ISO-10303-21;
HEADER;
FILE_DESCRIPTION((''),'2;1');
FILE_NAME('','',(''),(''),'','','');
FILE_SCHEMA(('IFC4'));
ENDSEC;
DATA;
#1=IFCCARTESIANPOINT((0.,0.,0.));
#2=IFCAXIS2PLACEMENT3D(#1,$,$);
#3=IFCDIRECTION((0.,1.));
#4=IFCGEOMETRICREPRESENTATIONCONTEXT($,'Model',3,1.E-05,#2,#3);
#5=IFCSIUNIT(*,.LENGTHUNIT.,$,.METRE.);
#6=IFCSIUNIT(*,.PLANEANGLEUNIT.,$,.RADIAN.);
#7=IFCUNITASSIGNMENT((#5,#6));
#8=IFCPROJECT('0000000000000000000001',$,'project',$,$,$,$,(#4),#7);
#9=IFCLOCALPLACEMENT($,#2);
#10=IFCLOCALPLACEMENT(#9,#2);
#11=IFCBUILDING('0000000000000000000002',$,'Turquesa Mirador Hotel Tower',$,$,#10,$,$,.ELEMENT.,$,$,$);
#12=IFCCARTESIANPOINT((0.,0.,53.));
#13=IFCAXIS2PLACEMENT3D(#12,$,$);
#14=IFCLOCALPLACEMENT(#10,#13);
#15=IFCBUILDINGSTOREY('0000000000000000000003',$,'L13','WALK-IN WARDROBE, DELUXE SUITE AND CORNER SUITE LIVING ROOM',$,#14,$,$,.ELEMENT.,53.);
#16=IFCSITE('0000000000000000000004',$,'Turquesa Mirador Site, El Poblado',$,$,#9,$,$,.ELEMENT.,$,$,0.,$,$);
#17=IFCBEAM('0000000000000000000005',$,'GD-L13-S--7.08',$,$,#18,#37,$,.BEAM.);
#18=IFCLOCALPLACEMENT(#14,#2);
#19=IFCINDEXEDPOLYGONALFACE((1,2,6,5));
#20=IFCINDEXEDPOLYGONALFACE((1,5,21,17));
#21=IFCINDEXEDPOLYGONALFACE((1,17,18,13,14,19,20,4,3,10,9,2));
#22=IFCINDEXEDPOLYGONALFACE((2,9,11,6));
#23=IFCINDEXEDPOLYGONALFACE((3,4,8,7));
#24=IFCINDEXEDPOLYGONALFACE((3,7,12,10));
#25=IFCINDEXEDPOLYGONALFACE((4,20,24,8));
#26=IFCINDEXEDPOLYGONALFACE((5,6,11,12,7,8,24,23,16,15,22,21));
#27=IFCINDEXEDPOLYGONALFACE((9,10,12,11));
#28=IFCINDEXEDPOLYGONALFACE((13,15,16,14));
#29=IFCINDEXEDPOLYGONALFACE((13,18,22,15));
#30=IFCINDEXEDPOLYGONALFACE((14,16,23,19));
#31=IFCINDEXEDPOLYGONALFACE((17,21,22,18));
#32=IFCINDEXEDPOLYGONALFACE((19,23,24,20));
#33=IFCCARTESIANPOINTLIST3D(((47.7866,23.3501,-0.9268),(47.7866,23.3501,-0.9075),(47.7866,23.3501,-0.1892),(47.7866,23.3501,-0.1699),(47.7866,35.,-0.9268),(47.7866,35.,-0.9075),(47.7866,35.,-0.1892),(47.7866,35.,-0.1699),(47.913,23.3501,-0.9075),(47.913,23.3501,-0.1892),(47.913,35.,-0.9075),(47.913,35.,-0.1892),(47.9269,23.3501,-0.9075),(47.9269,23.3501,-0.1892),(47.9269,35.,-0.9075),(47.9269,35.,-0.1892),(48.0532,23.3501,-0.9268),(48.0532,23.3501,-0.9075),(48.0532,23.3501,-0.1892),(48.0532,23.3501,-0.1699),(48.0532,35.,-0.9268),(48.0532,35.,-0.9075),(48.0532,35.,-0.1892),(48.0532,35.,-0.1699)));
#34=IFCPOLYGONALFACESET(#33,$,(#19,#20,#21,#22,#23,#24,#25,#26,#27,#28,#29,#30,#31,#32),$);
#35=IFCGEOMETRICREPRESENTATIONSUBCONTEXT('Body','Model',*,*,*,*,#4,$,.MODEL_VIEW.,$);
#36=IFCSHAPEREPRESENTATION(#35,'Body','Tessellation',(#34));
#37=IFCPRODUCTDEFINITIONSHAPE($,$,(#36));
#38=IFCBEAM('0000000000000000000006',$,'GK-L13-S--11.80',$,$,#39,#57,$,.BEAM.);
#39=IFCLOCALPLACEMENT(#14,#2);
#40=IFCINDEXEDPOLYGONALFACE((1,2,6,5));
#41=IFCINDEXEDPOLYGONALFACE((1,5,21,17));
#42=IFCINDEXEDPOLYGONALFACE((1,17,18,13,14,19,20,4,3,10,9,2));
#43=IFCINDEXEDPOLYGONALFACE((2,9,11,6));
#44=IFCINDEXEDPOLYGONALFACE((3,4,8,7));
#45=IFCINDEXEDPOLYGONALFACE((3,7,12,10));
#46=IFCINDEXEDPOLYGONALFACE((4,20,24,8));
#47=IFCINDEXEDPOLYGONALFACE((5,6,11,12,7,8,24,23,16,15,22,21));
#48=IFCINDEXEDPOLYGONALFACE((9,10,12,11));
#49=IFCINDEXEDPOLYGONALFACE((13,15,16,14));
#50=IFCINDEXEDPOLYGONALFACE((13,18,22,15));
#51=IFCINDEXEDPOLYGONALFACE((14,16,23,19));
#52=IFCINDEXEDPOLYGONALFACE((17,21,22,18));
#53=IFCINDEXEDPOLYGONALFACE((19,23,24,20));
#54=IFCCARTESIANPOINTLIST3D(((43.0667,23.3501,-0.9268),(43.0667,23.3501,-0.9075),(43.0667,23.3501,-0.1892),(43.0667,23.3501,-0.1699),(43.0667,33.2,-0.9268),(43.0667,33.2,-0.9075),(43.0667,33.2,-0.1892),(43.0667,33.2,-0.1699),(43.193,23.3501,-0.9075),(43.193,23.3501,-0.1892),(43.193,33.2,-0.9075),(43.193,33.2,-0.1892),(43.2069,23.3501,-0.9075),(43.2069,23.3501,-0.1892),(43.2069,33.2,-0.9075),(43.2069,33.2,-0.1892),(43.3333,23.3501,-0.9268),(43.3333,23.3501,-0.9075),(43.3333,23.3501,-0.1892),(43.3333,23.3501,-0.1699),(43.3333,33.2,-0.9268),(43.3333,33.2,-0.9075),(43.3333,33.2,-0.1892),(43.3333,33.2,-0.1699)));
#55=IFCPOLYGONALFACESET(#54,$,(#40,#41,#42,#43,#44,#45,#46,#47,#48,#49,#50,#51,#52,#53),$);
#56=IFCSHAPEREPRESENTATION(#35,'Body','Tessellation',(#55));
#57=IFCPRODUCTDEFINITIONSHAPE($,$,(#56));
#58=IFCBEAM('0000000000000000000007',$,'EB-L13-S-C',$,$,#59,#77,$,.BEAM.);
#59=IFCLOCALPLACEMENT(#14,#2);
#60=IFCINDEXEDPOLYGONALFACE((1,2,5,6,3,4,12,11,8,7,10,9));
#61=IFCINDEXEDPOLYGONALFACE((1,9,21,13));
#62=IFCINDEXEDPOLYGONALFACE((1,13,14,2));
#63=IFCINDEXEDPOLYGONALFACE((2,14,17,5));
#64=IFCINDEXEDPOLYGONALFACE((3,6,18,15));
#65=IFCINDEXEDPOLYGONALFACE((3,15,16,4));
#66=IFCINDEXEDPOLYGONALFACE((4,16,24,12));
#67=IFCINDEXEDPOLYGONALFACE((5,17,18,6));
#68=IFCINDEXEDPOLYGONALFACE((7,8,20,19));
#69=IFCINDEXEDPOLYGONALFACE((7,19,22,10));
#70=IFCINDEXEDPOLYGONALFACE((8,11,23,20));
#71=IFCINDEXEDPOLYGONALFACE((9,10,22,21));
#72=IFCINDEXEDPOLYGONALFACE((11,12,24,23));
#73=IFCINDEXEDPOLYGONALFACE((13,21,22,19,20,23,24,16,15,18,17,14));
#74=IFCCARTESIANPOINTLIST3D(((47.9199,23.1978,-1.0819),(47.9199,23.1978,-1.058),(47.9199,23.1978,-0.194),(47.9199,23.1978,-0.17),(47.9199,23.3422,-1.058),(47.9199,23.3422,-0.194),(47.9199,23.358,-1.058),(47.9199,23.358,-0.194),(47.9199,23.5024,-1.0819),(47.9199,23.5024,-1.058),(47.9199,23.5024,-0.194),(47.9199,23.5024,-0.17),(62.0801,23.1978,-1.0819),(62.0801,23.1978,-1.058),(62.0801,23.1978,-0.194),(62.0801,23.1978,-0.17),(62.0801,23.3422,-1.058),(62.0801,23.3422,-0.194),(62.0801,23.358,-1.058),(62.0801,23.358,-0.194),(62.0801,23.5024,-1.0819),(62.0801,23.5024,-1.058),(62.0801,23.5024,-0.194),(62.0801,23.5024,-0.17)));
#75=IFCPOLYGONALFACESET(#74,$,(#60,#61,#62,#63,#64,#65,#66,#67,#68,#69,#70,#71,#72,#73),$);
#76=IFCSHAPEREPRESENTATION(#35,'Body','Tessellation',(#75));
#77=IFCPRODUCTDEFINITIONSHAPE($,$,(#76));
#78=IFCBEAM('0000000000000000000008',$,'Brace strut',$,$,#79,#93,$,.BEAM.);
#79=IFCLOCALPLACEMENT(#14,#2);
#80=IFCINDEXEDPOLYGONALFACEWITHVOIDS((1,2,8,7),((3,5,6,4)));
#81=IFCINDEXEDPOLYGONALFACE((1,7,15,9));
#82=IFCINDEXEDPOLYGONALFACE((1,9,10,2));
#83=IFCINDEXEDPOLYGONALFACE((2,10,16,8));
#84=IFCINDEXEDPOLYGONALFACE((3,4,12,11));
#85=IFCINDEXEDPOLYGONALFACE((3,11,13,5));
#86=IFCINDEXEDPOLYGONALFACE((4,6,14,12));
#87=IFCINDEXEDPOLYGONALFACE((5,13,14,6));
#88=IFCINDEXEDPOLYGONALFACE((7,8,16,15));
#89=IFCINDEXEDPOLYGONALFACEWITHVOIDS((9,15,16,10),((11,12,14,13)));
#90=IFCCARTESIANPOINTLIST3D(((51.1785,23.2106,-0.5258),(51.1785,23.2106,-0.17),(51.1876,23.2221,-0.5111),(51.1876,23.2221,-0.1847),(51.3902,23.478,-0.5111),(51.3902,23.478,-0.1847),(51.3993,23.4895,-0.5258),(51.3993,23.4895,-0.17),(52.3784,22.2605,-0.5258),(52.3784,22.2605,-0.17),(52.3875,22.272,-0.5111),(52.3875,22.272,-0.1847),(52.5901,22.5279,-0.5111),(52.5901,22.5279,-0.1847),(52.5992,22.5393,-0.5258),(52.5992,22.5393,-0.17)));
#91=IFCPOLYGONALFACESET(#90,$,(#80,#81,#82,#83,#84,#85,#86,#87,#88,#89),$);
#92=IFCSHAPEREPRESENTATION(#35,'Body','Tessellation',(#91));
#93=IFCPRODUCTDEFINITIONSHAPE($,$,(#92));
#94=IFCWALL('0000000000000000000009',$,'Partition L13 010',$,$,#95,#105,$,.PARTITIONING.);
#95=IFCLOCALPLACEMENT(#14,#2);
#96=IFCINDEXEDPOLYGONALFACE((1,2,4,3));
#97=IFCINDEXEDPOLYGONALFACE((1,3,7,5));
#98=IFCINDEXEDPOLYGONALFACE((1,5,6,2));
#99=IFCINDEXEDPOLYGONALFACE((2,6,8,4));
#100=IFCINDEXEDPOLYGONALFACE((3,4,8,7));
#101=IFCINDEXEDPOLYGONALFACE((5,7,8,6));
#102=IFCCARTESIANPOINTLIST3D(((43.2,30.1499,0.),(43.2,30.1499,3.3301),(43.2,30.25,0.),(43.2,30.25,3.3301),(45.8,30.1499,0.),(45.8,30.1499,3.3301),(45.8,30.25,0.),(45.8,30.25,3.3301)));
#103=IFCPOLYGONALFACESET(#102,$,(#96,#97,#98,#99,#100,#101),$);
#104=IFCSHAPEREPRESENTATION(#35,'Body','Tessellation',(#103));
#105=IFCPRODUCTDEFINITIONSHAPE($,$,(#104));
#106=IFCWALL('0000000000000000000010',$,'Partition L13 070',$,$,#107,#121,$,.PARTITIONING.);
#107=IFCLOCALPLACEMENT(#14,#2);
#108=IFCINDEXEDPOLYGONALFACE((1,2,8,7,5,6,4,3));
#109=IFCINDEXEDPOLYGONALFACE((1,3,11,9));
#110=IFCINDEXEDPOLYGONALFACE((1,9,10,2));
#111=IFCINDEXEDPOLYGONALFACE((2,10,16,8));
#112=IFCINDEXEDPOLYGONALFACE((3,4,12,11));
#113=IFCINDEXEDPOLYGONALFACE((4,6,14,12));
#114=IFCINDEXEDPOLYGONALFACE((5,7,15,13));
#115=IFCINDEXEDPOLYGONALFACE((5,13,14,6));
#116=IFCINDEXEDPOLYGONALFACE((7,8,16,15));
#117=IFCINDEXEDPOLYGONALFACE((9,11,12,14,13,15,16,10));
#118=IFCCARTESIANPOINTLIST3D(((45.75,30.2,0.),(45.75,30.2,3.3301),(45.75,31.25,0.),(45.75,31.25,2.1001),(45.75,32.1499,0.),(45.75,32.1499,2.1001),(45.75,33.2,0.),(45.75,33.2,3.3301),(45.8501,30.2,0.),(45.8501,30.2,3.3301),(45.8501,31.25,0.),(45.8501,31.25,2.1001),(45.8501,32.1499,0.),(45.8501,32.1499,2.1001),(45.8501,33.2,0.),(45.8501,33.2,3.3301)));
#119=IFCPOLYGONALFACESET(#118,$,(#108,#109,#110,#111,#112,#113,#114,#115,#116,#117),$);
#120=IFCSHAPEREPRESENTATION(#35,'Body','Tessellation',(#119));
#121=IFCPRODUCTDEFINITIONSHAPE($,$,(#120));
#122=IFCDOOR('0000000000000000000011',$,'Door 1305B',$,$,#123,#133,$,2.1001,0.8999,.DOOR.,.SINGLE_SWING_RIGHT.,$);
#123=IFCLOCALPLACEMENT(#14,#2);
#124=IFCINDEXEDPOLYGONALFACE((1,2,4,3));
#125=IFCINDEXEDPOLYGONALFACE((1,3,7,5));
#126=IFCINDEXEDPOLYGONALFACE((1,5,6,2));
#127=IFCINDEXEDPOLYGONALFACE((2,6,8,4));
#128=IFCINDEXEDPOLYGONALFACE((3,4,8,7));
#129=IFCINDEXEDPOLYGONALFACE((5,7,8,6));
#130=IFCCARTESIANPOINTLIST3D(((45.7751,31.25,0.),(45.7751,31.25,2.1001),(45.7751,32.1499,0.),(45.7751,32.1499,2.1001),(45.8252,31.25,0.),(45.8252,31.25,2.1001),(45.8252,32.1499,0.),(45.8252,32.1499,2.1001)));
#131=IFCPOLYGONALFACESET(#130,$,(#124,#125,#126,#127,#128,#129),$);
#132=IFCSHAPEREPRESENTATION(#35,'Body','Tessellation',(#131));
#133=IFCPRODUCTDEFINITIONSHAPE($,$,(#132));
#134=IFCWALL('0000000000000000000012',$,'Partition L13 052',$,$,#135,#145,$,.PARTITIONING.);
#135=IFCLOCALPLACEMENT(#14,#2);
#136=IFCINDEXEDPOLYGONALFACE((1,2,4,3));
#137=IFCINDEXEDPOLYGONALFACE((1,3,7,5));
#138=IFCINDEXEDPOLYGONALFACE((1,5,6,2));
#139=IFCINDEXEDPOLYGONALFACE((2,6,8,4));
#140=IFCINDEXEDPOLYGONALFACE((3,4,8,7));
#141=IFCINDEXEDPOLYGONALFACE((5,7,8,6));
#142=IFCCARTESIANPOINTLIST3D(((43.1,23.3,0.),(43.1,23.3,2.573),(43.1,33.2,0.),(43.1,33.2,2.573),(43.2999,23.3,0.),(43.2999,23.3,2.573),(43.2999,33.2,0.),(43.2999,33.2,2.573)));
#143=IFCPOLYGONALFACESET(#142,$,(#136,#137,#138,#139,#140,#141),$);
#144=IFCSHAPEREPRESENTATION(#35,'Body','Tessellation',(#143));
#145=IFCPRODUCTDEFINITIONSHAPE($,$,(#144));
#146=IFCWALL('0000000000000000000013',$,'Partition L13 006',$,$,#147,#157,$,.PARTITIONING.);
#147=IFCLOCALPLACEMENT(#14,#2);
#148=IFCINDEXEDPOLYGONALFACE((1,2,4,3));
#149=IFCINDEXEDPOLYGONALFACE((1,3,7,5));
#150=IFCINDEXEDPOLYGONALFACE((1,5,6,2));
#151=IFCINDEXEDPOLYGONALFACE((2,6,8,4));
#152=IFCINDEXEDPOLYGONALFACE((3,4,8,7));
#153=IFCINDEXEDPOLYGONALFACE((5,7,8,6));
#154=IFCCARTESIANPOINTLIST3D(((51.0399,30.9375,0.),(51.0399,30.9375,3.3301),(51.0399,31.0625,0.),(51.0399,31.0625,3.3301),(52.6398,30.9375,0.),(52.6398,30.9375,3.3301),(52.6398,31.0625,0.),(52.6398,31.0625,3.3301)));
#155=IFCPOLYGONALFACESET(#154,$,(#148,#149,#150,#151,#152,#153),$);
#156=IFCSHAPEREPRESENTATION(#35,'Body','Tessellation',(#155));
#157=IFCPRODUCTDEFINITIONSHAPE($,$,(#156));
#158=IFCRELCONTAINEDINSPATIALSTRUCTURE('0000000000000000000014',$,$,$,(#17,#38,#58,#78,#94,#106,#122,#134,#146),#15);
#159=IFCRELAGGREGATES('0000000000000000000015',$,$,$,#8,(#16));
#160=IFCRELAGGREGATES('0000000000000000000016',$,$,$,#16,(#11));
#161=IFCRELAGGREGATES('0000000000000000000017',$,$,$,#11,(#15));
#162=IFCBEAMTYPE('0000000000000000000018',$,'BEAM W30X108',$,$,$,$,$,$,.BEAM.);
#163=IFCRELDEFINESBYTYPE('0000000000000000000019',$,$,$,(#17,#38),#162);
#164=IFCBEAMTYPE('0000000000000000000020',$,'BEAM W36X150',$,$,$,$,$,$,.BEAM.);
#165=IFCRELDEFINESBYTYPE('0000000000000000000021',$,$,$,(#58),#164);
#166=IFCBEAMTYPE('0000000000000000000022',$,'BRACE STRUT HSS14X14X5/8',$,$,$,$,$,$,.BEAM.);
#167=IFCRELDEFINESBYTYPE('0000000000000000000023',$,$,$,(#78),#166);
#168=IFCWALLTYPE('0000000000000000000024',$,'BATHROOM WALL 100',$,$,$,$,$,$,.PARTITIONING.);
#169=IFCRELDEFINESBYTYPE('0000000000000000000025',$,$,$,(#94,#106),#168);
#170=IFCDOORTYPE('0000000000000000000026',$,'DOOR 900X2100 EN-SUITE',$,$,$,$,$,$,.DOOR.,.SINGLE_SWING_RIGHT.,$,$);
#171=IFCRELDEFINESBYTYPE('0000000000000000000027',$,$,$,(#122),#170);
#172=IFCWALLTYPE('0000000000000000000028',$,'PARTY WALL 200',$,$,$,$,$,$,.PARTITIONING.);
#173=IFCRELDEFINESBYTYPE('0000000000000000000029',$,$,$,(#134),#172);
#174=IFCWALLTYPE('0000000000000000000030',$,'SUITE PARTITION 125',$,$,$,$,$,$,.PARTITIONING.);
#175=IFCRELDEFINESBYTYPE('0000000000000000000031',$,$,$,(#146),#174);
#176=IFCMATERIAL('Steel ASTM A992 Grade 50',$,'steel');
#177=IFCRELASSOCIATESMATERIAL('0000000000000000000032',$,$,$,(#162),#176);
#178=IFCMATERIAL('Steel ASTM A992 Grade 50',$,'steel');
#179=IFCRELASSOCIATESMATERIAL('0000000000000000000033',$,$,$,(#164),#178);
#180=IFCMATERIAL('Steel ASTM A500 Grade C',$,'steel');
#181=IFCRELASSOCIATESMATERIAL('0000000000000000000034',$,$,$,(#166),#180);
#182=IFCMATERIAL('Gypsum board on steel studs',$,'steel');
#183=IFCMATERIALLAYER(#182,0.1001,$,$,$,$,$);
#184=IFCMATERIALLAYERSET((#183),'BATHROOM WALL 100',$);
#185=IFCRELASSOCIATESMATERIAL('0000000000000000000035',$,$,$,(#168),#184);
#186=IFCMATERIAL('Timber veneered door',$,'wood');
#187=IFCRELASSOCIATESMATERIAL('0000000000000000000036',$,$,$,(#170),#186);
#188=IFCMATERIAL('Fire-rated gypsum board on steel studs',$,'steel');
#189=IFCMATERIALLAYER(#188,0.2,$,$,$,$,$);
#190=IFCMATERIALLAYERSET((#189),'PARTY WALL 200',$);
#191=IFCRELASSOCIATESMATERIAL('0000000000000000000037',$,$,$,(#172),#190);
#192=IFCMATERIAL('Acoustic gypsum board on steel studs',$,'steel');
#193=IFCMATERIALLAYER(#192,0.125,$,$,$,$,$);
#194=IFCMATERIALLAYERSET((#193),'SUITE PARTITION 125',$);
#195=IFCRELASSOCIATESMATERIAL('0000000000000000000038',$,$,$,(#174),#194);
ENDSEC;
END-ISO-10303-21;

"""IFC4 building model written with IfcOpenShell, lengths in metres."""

from ifc_helpers import new_model, si_unit, direction, frame, frame_2d, origin, origin_2d, place, context, subcontext, project, spatial, rectangle, hollow_rectangle, i_section, extrude, material, layer, layer_set, material_profile, profile_set, type_object, element, fill, save


model = new_model("IFC4")

# Units and contexts
model_context = context("Model", 3, precision=1e-05, world=origin(), true_north=direction((0.0, 1.0)))
body_context = subcontext(model_context, "Body", "Model", "MODEL_VIEW")
ifc_project = project(units=[si_unit("LENGTHUNIT", "METRE"), si_unit("PLANEANGLEUNIT", "RADIAN")], contexts=[model_context])

# Site, building, storey
site_placement = place(None, origin())
site = spatial("IfcSite", under=ifc_project, at=site_placement, Name="Turquesa Mirador Site, El Poblado", CompositionType="ELEMENT", RefElevation=0.0)
building_placement = place(site_placement, origin())
building = spatial("IfcBuilding", under=site, at=building_placement, Name="Turquesa Mirador Hotel Tower", CompositionType="ELEMENT")
storey_placement = place(building_placement, frame((0.0, 0.0, 53.0)))
storey = spatial("IfcBuildingStorey", under=building, at=storey_placement, Name="L13", Description="WALK-IN WARDROBE, DELUXE SUITE AND CORNER SUITE LIVING ROOM", CompositionType="ELEMENT", Elevation=53.0)

# Beams
ifc_material_1 = material(Name="Steel ASTM A992 Grade 50", Category="steel")
ifc_material_profile_1 = material_profile(ifc_material_1, i_section(OverallWidth=0.2666, OverallDepth=0.7568, WebThickness=0.0139, FlangeThickness=0.0193, at=origin_2d()), Name="W30X108")
ifc_profile_set_1 = profile_set([ifc_material_profile_1], Name="Steel ASTM A992 Grade 50")
beam_type_1 = type_object("IfcBeamType", Name="BEAM W30X108", PredefinedType="BEAM", material=ifc_profile_set_1)
beam_1_placement = place(storey_placement, frame((47.9199, 23.3501, -0.5483), z_axis=(0.0, 1.0, 0.0), x_axis=(-1.0, 0.0, 0.0)))
element("IfcBeam", 1, at=beam_1_placement, inside=storey, type_object=beam_type_1, Name="GD-L13-S--7.08", PredefinedType="BEAM", context=body_context, shape_type="SweptSolid", body=[
    extrude(i_section(OverallWidth=0.2666, OverallDepth=0.7568, WebThickness=0.0139, FlangeThickness=0.0193, at=origin_2d()), origin(), (0.0, 0.0, 1.0), 11.6499),
])
beam_2_placement = place(storey_placement, frame((43.2, 23.3501, -0.5483), z_axis=(0.0, 1.0, 0.0), x_axis=(-1.0, 0.0, 0.0)))
element("IfcBeam", 2, at=beam_2_placement, inside=storey, type_object=beam_type_1, Name="GK-L13-S--11.80", PredefinedType="BEAM", context=body_context, shape_type="SweptSolid", body=[
    extrude(i_section(OverallWidth=0.2666, OverallDepth=0.7568, WebThickness=0.0139, FlangeThickness=0.0193, at=origin_2d()), origin(), (0.0, 0.0, 1.0), 9.8499),
])
ifc_material_2 = material(Name="Steel ASTM A992 Grade 50", Category="steel")
ifc_material_profile_2 = material_profile(ifc_material_2, i_section(OverallWidth=0.3047, OverallDepth=0.9119, WebThickness=0.0159, FlangeThickness=0.0239, at=origin_2d()), Name="W36X150")
ifc_profile_set_2 = profile_set([ifc_material_profile_2], Name="Steel ASTM A992 Grade 50")
beam_type_2 = type_object("IfcBeamType", Name="BEAM W36X150", PredefinedType="BEAM", material=ifc_profile_set_2)
beam_3_placement = place(storey_placement, frame((47.9199, 23.3501, -0.626), z_axis=(1.0, 0.0, 0.0), x_axis=(0.0, 1.0, 0.0)))
element("IfcBeam", 3, at=beam_3_placement, inside=storey, type_object=beam_type_2, Name="EB-L13-S-C", PredefinedType="BEAM", context=body_context, shape_type="SweptSolid", body=[
    extrude(i_section(OverallWidth=0.3047, OverallDepth=0.9119, WebThickness=0.0159, FlangeThickness=0.0239, at=origin_2d()), origin(), (0.0, 0.0, 1.0), 14.1602),
])
ifc_material_3 = material(Name="Steel ASTM A500 Grade C", Category="steel")
ifc_material_profile_3 = material_profile(ifc_material_3, hollow_rectangle(XDim=0.3557, YDim=0.3557, WallThickness=0.0146, at=origin_2d()), Name="HSS14X14X5/8")
ifc_profile_set_3 = profile_set([ifc_material_profile_3], Name="Steel ASTM A500 Grade C")
beam_type_3 = type_object("IfcBeamType", Name="BRACE STRUT HSS14X14X5/8", PredefinedType="BEAM", material=ifc_profile_set_3)
beam_4_placement = place(storey_placement, frame((52.4888, 22.3999, -0.3479), z_axis=(-0.783971, 0.620797, 0.0), x_axis=(-0.620797, -0.783971, 0.0)))
element("IfcBeam", 4, at=beam_4_placement, inside=storey, type_object=beam_type_3, Name="Brace strut", PredefinedType="BEAM", context=body_context, shape_type="SweptSolid", body=[
    extrude(hollow_rectangle(XDim=0.3557, YDim=0.3557, WallThickness=0.0146, at=origin_2d()), origin(), (0.0, 0.0, 1.0), 1.5305),
])

# Wall
ifc_material_4 = material(Name="Gypsum board on steel studs", Category="steel")
ifc_layer_1 = layer(ifc_material_4, 0.1001)
ifc_layer_set_1 = layer_set([ifc_layer_1], Name="BATHROOM WALL 100")
wall_type_1 = type_object("IfcWallType", Name="BATHROOM WALL 100", PredefinedType="PARTITIONING", material=ifc_layer_set_1)
wall_1_placement = place(storey_placement, frame((43.2, 30.2, 0.0), z_axis=(0.0, 0.0, 1.0), x_axis=(1.0, 0.0, 0.0)))
element("IfcWall", 5, at=wall_1_placement, inside=storey, type_object=wall_type_1, Name="Partition L13 010", PredefinedType="PARTITIONING", context=body_context, shape_type="SweptSolid", body=[
    extrude(rectangle(XDim=2.6001, YDim=0.1001, at=frame_2d((1.3, 0.0))), origin(), (0.0, 0.0, 1.0), 3.3301),
])

# Wall, opening, door
wall_2_placement = place(storey_placement, frame((45.8, 30.2, 0.0), z_axis=(0.0, 0.0, 1.0), x_axis=(0.0, 1.0, 0.0)))
wall_2 = element("IfcWall", 6, at=wall_2_placement, inside=storey, type_object=wall_type_1, Name="Partition L13 070", PredefinedType="PARTITIONING", context=body_context, shape_type="SweptSolid", body=[
    extrude(rectangle(XDim=3.0, YDim=0.1001, at=frame_2d((1.5, 0.0))), origin(), (0.0, 0.0, 1.0), 3.3301),
])
opening_1_placement = place(wall_2_placement, frame((1.05, 0.0, 0.0)))
opening_1 = element("IfcOpeningElement", 7, at=opening_1_placement, cuts=wall_2, PredefinedType="OPENING", context=body_context, shape_type="SweptSolid", body=[
    extrude(rectangle(XDim=0.8999, YDim=2.1001, at=frame_2d((0.45, 1.05))), frame((0.0, 0.0601, 0.0), z_axis=(0.0, -1.0, 0.0), x_axis=(1.0, 0.0, 0.0)), (0.0, 0.0, 1.0), 0.1201),
])
ifc_material_5 = material(Name="Timber veneered door", Category="wood")
door_type_1 = type_object("IfcDoorType", Name="DOOR 900X2100 EN-SUITE", OperationType="SINGLE_SWING_RIGHT", PredefinedType="DOOR", material=ifc_material_5)
door_1_placement = place(opening_1_placement, origin())
door_1 = element("IfcDoor", 8, at=door_1_placement, inside=storey, type_object=door_type_1, Name="Door 1305B", OperationType="SINGLE_SWING_RIGHT", OverallHeight=2.1001, OverallWidth=0.8999, PredefinedType="DOOR", context=body_context, shape_type="SweptSolid", body=[
    extrude(rectangle(XDim=0.8999, YDim=2.1001, at=frame_2d((0.45, 1.05))), frame((0.0, 0.0249, 0.0), z_axis=(0.0, -1.0, 0.0), x_axis=(1.0, 0.0, 0.0)), (0.0, 0.0, 1.0), 0.05),
])
fill(opening_1, door_1)

# Walls
ifc_material_6 = material(Name="Fire-rated gypsum board on steel studs", Category="steel")
ifc_layer_2 = layer(ifc_material_6, 0.2)
ifc_layer_set_2 = layer_set([ifc_layer_2], Name="PARTY WALL 200")
wall_type_2 = type_object("IfcWallType", Name="PARTY WALL 200", PredefinedType="PARTITIONING", material=ifc_layer_set_2)
wall_3_placement = place(storey_placement, frame((43.2, 23.3, 0.0), z_axis=(0.0, 0.0, 1.0), x_axis=(0.0, 1.0, 0.0)))
element("IfcWall", 9, at=wall_3_placement, inside=storey, type_object=wall_type_2, Name="Partition L13 052", PredefinedType="PARTITIONING", context=body_context, shape_type="SweptSolid", body=[
    extrude(rectangle(XDim=9.8999, YDim=0.2, at=frame_2d((4.95, 0.0))), origin(), (0.0, 0.0, 1.0), 2.573),
])
ifc_material_7 = material(Name="Acoustic gypsum board on steel studs", Category="steel")
ifc_layer_3 = layer(ifc_material_7, 0.125)
ifc_layer_set_3 = layer_set([ifc_layer_3], Name="SUITE PARTITION 125")
wall_type_3 = type_object("IfcWallType", Name="SUITE PARTITION 125", PredefinedType="PARTITIONING", material=ifc_layer_set_3)
wall_4_placement = place(storey_placement, frame((51.04, 31.0, 0.0), z_axis=(0.0, 0.0, 1.0), x_axis=(1.0, 0.0, 0.0)))
element("IfcWall", 10, at=wall_4_placement, inside=storey, type_object=wall_type_3, Name="Partition L13 006", PredefinedType="PARTITIONING", context=body_context, shape_type="SweptSolid", body=[
    extrude(rectangle(XDim=1.5999, YDim=0.125, at=frame_2d((0.7998, 0.0))), origin(), (0.0, 0.0, 1.0), 3.3301),
])

save(model, "model.ifc")
